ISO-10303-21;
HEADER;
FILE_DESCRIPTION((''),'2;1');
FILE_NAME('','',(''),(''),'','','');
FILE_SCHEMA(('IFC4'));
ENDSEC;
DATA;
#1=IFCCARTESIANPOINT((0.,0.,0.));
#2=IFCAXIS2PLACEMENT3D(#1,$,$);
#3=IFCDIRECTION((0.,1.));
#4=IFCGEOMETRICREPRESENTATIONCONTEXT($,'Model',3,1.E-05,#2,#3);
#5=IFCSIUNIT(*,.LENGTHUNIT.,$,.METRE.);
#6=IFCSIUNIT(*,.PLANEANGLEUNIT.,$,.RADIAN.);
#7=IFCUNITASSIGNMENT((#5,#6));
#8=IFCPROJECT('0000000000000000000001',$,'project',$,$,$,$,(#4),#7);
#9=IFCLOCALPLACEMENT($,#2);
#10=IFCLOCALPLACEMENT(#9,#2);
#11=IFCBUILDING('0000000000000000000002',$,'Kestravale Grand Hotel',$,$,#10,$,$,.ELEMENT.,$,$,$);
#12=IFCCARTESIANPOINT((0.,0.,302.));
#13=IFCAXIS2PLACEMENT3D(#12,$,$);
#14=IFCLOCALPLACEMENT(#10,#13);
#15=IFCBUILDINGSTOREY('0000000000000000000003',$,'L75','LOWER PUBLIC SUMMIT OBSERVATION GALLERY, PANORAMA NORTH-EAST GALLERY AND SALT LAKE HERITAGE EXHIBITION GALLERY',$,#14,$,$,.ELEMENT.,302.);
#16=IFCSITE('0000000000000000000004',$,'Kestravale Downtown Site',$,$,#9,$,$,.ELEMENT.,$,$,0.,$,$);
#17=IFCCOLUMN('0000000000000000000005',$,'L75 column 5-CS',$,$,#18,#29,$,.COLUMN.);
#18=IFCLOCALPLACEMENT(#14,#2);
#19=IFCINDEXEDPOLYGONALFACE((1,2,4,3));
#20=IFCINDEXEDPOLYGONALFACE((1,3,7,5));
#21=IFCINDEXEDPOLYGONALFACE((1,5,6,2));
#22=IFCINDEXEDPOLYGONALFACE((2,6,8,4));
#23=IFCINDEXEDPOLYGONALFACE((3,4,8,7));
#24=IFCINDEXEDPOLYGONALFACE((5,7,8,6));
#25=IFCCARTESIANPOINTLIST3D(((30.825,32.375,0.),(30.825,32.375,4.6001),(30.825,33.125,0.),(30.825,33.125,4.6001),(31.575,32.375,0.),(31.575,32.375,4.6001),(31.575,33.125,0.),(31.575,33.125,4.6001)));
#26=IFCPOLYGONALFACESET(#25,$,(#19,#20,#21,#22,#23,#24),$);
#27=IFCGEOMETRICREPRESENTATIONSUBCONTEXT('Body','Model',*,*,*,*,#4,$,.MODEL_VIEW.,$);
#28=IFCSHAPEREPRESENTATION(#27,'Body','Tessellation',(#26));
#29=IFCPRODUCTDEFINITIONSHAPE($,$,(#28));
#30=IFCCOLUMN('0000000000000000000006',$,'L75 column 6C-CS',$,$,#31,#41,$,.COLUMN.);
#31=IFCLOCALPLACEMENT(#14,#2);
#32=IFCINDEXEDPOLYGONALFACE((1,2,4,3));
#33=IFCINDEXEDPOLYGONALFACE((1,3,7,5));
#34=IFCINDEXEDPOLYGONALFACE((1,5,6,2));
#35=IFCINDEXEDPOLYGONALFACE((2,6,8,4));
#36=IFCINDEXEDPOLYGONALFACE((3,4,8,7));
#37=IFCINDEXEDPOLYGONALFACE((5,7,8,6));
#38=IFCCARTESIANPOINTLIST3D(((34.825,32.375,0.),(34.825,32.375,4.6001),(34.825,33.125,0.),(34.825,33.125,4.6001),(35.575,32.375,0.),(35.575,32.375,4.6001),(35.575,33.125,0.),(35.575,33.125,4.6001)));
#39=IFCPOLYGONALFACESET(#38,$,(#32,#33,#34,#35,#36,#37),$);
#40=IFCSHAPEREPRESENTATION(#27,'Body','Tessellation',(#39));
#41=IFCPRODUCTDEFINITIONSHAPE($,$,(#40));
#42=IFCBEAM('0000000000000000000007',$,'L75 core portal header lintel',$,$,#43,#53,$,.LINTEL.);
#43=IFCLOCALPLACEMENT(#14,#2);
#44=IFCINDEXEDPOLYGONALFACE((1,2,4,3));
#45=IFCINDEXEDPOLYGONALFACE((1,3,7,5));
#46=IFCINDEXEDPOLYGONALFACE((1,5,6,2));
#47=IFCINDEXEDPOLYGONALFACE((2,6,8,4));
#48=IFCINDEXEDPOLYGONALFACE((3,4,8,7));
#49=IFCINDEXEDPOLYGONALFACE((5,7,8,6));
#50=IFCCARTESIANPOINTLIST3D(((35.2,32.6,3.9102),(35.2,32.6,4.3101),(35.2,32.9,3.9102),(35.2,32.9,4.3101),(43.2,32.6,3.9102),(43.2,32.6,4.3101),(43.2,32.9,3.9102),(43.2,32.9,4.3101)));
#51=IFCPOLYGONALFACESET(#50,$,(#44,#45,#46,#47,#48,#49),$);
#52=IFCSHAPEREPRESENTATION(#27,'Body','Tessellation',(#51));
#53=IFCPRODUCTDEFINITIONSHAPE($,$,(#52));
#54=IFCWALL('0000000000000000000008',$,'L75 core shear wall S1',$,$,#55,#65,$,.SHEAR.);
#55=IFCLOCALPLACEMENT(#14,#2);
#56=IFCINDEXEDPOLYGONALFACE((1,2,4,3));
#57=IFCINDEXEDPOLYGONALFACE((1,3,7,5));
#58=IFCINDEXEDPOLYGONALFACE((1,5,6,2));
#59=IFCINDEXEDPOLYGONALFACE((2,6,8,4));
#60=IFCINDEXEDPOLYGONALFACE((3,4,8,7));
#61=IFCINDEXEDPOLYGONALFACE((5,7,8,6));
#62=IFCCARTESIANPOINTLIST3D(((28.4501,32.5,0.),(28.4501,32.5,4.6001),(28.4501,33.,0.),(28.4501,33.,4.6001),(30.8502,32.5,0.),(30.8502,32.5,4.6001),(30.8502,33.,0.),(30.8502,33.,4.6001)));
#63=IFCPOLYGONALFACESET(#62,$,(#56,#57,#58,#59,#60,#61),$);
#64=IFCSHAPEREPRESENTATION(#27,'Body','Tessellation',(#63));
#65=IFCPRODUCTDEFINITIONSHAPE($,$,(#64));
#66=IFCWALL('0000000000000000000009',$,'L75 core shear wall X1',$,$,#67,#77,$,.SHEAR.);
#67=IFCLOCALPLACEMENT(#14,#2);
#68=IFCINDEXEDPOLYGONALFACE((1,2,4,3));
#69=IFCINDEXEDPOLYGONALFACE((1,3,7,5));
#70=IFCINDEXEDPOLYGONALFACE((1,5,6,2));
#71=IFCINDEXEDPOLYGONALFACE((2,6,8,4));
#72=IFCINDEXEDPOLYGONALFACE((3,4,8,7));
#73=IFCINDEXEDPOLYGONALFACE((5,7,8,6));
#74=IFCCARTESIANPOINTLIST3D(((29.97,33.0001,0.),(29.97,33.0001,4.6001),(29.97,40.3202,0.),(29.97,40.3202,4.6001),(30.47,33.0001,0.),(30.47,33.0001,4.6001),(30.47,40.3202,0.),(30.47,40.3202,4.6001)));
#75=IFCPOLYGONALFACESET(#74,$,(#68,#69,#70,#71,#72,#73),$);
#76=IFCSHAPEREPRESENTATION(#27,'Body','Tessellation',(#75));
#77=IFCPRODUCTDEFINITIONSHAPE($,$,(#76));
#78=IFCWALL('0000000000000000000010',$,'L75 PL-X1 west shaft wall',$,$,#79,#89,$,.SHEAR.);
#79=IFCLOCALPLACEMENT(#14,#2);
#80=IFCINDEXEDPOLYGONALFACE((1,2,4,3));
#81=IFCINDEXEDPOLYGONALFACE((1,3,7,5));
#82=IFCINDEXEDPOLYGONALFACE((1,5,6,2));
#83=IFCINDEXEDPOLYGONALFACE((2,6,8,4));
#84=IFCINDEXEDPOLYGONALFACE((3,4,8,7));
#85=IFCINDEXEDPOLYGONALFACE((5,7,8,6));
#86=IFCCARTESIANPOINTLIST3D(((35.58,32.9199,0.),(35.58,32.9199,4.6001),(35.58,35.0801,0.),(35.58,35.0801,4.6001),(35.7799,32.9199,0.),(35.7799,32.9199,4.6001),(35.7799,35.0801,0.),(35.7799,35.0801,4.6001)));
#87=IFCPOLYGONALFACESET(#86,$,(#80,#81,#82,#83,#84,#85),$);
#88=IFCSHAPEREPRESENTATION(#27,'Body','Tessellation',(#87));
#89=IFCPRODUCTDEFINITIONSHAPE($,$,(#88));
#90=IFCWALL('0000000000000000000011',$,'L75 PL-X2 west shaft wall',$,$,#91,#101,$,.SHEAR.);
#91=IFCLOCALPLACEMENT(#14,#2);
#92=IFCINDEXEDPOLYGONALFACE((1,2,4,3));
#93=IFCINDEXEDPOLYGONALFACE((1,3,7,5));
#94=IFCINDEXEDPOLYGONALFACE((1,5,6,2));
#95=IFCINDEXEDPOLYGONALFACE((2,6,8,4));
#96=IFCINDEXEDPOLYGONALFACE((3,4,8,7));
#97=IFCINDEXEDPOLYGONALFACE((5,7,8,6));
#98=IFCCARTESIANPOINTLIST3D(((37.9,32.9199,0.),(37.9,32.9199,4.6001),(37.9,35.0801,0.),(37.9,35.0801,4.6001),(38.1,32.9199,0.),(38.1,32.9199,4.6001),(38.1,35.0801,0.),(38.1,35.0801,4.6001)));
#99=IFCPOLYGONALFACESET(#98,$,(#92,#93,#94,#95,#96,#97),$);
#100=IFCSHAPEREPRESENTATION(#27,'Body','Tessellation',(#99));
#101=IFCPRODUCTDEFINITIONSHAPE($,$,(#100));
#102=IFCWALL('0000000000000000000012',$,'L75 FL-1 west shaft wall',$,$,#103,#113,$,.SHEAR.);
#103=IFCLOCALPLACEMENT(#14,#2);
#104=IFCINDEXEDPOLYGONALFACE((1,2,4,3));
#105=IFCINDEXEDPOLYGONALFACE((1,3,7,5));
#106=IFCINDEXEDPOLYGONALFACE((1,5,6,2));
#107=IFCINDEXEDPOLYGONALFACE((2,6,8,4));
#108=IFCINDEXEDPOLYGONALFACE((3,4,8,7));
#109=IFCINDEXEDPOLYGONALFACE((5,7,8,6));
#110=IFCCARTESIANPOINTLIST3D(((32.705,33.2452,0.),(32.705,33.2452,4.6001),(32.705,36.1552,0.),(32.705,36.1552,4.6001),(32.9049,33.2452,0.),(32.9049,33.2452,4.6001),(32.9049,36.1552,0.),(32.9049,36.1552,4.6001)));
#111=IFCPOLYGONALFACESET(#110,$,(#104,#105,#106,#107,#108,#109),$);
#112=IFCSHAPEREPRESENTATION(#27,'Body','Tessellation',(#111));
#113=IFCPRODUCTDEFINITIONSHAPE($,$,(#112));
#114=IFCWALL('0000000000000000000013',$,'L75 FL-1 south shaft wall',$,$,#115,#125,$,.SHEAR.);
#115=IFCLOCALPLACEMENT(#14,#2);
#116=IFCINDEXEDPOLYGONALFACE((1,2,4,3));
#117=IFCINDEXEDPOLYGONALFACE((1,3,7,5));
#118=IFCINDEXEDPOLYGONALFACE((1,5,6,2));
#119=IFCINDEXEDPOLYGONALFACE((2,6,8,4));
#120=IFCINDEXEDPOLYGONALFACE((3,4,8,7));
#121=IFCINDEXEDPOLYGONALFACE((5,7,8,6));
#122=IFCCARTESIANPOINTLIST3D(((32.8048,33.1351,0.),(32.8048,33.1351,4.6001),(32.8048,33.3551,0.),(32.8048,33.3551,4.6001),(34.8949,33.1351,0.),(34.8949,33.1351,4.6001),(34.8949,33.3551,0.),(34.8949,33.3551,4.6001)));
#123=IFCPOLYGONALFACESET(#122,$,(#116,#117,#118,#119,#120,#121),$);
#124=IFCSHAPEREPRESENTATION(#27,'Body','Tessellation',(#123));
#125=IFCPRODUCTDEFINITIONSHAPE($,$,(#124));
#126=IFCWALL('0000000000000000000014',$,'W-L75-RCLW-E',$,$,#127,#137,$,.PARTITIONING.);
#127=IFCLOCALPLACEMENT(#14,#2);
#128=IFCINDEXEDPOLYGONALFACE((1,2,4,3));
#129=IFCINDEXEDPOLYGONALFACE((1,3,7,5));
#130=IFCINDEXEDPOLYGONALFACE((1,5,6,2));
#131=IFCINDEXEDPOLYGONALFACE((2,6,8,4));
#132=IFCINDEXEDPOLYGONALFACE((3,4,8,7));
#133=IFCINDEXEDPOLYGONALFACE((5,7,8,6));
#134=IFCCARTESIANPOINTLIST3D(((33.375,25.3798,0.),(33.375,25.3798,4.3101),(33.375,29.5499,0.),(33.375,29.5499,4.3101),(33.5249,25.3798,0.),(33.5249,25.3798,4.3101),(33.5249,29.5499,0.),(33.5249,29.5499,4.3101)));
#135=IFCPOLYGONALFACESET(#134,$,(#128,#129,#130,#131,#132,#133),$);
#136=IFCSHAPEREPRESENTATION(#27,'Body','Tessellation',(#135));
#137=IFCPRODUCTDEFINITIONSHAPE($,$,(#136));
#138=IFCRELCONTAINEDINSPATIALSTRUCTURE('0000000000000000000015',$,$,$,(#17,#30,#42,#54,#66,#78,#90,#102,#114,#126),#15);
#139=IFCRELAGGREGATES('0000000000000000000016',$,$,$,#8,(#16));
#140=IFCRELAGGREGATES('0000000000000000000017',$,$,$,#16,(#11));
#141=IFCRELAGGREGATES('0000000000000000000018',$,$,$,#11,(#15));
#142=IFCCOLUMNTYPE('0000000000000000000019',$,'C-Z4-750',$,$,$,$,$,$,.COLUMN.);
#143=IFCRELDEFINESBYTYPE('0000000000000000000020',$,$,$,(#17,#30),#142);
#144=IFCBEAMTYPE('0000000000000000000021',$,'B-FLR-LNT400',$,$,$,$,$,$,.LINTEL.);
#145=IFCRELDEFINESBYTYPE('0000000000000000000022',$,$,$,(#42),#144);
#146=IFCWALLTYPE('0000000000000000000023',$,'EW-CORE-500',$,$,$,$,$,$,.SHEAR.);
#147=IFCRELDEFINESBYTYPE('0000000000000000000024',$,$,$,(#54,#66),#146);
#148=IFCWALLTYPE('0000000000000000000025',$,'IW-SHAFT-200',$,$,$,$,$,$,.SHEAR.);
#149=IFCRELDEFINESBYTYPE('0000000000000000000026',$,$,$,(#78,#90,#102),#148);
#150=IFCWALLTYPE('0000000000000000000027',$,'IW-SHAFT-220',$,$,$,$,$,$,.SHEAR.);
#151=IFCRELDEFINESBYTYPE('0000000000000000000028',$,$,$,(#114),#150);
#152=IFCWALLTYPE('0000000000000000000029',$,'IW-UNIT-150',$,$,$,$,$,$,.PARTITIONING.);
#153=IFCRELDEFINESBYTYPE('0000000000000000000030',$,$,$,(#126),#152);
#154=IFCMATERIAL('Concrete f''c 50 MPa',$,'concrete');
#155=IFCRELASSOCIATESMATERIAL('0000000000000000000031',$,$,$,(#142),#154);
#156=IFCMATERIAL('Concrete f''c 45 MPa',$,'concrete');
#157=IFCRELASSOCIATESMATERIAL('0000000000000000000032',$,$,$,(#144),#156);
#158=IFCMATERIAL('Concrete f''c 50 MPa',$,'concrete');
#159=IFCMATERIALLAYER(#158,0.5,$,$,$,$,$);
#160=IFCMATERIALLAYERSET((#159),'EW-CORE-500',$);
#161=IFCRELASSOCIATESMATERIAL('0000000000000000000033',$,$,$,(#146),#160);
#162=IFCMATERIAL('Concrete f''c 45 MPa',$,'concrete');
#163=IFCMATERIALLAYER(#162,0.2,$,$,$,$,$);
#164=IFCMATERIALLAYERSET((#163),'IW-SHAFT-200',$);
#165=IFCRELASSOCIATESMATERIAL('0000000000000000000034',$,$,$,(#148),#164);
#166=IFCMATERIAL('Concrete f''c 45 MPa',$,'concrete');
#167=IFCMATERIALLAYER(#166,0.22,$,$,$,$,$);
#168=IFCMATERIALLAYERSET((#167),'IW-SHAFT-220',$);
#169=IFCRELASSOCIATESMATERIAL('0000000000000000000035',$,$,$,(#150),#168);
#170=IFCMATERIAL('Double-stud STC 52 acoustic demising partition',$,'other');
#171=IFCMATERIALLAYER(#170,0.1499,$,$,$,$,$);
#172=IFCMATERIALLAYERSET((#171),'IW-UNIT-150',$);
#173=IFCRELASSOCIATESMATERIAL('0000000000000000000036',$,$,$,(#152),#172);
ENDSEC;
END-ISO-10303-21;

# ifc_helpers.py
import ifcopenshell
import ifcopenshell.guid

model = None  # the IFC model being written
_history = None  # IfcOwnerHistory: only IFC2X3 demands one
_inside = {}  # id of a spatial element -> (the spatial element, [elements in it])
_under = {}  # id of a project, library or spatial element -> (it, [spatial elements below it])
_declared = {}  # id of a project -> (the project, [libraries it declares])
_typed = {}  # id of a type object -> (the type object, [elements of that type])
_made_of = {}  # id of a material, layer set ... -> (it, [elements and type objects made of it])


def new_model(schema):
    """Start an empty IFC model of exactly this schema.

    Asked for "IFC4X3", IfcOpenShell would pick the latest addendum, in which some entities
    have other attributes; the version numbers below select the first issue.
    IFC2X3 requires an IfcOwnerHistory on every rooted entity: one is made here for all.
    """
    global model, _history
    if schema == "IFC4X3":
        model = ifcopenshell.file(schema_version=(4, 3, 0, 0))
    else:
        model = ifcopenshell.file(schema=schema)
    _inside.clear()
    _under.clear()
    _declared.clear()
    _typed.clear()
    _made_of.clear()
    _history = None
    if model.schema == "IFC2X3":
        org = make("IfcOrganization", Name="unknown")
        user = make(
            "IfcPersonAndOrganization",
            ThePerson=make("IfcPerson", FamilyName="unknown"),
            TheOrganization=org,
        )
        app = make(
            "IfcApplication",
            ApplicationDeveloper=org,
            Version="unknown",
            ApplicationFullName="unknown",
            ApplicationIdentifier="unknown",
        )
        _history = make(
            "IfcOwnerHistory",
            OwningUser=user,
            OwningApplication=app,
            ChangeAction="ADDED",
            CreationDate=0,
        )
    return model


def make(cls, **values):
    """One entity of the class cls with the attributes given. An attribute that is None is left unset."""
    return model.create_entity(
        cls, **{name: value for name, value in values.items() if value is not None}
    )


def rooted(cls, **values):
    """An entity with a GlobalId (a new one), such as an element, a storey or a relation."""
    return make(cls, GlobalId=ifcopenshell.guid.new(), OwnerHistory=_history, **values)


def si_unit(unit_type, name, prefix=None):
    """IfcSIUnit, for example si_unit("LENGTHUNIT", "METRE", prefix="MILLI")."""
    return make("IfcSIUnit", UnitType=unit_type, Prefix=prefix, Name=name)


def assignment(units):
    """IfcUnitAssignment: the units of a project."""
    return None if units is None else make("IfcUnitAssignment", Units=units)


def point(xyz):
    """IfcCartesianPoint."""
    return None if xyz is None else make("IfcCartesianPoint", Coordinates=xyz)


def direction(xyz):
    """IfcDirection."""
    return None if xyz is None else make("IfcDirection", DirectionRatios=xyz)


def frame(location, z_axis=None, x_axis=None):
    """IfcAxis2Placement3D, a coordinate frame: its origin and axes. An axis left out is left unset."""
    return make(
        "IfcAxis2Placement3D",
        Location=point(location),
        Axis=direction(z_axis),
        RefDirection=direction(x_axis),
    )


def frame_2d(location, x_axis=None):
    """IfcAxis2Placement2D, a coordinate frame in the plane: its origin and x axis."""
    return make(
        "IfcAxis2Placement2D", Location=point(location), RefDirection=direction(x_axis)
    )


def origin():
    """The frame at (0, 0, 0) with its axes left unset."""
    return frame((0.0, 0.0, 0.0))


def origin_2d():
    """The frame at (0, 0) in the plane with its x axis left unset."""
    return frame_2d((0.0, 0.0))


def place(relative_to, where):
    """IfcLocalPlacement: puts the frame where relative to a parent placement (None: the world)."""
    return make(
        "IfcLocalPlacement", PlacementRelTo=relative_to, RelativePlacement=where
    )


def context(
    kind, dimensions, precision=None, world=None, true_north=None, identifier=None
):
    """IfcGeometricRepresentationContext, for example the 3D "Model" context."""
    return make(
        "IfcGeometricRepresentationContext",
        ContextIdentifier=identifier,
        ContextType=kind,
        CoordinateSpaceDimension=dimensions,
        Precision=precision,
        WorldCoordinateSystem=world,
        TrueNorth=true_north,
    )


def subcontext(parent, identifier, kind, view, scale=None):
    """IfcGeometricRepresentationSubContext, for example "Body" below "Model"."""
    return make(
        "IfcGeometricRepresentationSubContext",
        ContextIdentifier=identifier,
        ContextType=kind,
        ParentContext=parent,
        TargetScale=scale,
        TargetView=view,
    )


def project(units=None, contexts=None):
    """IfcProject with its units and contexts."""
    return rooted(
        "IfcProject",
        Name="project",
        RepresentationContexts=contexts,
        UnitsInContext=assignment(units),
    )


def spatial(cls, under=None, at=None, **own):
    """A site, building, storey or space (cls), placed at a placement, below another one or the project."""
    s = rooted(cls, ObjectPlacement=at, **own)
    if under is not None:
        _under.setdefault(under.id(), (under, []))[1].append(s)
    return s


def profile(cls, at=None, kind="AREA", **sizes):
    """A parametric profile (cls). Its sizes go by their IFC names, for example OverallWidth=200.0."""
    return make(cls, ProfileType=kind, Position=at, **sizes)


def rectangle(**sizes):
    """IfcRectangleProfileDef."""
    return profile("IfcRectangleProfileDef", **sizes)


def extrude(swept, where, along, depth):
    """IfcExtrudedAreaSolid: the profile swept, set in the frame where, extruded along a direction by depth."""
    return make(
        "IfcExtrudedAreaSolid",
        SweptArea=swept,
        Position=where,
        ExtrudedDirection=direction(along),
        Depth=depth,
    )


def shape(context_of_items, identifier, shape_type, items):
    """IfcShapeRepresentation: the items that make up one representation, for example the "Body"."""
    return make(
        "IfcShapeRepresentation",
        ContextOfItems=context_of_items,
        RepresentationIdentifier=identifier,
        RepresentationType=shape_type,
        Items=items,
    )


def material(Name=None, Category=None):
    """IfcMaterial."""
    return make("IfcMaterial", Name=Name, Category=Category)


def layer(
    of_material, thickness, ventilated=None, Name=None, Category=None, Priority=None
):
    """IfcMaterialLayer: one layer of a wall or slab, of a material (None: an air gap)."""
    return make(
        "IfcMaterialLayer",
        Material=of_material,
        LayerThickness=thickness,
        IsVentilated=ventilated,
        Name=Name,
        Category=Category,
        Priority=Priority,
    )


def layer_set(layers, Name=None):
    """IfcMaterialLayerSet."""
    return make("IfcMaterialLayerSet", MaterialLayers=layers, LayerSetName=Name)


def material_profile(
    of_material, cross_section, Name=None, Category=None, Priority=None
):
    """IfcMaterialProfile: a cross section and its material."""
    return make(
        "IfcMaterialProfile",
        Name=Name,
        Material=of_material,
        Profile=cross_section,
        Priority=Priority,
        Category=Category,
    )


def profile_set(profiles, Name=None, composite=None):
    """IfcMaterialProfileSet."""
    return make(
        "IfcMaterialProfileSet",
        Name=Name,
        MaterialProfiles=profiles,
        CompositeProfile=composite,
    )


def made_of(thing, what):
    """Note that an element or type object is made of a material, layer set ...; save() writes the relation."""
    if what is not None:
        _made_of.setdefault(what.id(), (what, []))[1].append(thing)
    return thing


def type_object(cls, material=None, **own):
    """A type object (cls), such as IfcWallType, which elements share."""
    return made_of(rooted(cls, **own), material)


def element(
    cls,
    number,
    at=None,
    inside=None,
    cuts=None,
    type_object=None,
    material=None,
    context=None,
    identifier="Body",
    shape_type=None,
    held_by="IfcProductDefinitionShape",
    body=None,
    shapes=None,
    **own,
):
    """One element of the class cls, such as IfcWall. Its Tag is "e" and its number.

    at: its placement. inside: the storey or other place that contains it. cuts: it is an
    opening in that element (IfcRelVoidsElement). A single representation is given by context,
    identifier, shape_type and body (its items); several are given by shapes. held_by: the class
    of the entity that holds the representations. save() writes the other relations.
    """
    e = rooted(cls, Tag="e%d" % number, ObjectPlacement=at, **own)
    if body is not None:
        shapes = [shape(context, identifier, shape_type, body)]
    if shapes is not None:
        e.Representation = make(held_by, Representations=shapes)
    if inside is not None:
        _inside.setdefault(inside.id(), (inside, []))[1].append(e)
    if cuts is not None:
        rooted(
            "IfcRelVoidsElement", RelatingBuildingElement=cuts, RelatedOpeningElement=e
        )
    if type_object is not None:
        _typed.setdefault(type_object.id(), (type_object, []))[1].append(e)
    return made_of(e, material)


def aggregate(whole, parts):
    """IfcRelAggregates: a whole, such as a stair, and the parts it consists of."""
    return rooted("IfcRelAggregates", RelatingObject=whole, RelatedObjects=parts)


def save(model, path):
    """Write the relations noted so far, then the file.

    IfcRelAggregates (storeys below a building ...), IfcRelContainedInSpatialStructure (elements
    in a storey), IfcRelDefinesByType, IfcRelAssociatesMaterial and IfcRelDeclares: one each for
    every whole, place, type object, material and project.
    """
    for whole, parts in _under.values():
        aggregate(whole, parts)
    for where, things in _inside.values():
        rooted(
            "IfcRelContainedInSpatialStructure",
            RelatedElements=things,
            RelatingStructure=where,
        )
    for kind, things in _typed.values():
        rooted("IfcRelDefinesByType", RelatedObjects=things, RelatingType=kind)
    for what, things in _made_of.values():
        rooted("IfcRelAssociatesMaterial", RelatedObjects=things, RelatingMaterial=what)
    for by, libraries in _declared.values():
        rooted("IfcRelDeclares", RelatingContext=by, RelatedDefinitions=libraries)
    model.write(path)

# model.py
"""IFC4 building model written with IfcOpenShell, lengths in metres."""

from ifc_helpers import new_model, si_unit, direction, frame, frame_2d, origin, origin_2d, place, context, subcontext, project, spatial, rectangle, extrude, material, layer, layer_set, material_profile, profile_set, type_object, element, save


model = new_model("IFC4")

# Units and contexts
model_context = context("Model", 3, precision=1e-05, world=origin(), true_north=direction((0.0, 1.0)))
body_context = subcontext(model_context, "Body", "Model", "MODEL_VIEW")
ifc_project = project(units=[si_unit("LENGTHUNIT", "METRE"), si_unit("PLANEANGLEUNIT", "RADIAN")], contexts=[model_context])

# Site, building, storey
site_placement = place(None, origin())
site = spatial("IfcSite", under=ifc_project, at=site_placement, Name="Kestravale Downtown Site", CompositionType="ELEMENT", RefElevation=0.0)
building_placement = place(site_placement, origin())
building = spatial("IfcBuilding", under=site, at=building_placement, Name="Kestravale Grand Hotel", CompositionType="ELEMENT")
storey_placement = place(building_placement, frame((0.0, 0.0, 302.0)))
storey = spatial("IfcBuildingStorey", under=building, at=storey_placement, Name="L75", Description="LOWER PUBLIC SUMMIT OBSERVATION GALLERY, PANORAMA NORTH-EAST GALLERY AND SALT LAKE HERITAGE EXHIBITION GALLERY", CompositionType="ELEMENT", Elevation=302.0)

# Columns
ifc_material_1 = material(Name="Concrete f'c 50 MPa", Category="concrete")
ifc_material_profile_1 = material_profile(ifc_material_1, rectangle(XDim=0.75, YDim=0.75, at=origin_2d()))
ifc_profile_set_1 = profile_set([ifc_material_profile_1], Name="Concrete f'c 50 MPa")
column_type = type_object("IfcColumnType", Name="C-Z4-750", PredefinedType="COLUMN", material=ifc_profile_set_1)
for number, where, z_axis, x_axis, name in (
    (1, (31.2, 32.75, 0.0), (0.0, 0.0, 1.0), (1.0, 0.0, 0.0), "L75 column 5-CS"),
    (2, (35.2, 32.75, 0.0), (0.0, 0.0, 1.0), (1.0, 0.0, 0.0), "L75 column 6C-CS"),
):
    element("IfcColumn", number, at=place(storey_placement, frame(where, z_axis=z_axis, x_axis=x_axis)), inside=storey, type_object=column_type, Name=name, PredefinedType="COLUMN", context=body_context, shape_type="SweptSolid", body=[
        extrude(rectangle(XDim=0.75, YDim=0.75, at=origin_2d()), origin(), (0.0, 0.0, 1.0), 4.6001),
    ])

# Beam
ifc_material_2 = material(Name="Concrete f'c 45 MPa", Category="concrete")
ifc_material_profile_2 = material_profile(ifc_material_2, rectangle(XDim=0.3, YDim=0.3999, at=origin_2d()))
ifc_profile_set_2 = profile_set([ifc_material_profile_2], Name="Concrete f'c 45 MPa")
beam_type = type_object("IfcBeamType", Name="B-FLR-LNT400", PredefinedType="LINTEL", material=ifc_profile_set_2)
beam_placement = place(storey_placement, frame((35.2, 32.75, 4.1101), z_axis=(1.0, 0.0, 0.0), x_axis=(0.0, 1.0, 0.0)))
element("IfcBeam", 3, at=beam_placement, inside=storey, type_object=beam_type, Name="L75 core portal header lintel", PredefinedType="LINTEL", context=body_context, shape_type="SweptSolid", body=[
    extrude(rectangle(XDim=0.3, YDim=0.3999, at=origin_2d()), origin(), (0.0, 0.0, 1.0), 8.0),
])

# Walls
ifc_material_3 = material(Name="Concrete f'c 50 MPa", Category="concrete")
ifc_layer_1 = layer(ifc_material_3, 0.5)
ifc_layer_set_1 = layer_set([ifc_layer_1], Name="EW-CORE-500")
wall_type_1 = type_object("IfcWallType", Name="EW-CORE-500", PredefinedType="SHEAR", material=ifc_layer_set_1)
wall_1_placement = place(storey_placement, frame((28.45, 32.75, 0.0), z_axis=(0.0, 0.0, 1.0), x_axis=(1.0, 0.0, 0.0)))
element("IfcWall", 4, at=wall_1_placement, inside=storey, type_object=wall_type_1, Name="L75 core shear wall S1", PredefinedType="SHEAR", context=body_context, shape_type="SweptSolid", body=[
    extrude(rectangle(XDim=2.4001, YDim=0.5, at=frame_2d((1.2002, 0.0))), origin(), (0.0, 0.0, 1.0), 4.6001),
])
wall_2_placement = place(storey_placement, frame((30.22, 33.0, 0.0), z_axis=(0.0, 0.0, 1.0), x_axis=(0.0, 1.0, 0.0)))
element("IfcWall", 5, at=wall_2_placement, inside=storey, type_object=wall_type_1, Name="L75 core shear wall X1", PredefinedType="SHEAR", context=body_context, shape_type="SweptSolid", body=[
    extrude(rectangle(XDim=7.3201, YDim=0.5, at=frame_2d((3.6602, 0.0))), origin(), (0.0, 0.0, 1.0), 4.6001),
])
ifc_material_4 = material(Name="Concrete f'c 45 MPa", Category="concrete")
ifc_layer_2 = layer(ifc_material_4, 0.2)
ifc_layer_set_2 = layer_set([ifc_layer_2], Name="IW-SHAFT-200")
wall_type_2 = type_object("IfcWallType", Name="IW-SHAFT-200", PredefinedType="SHEAR", material=ifc_layer_set_2)
for number, where, z_axis, x_axis, name in (
    (6, (35.6799, 32.9199, 0.0), (0.0, 0.0, 1.0), (0.0, 1.0, 0.0), "L75 PL-X1 west shaft wall"),
    (7, (38.0, 32.9199, 0.0), (0.0, 0.0, 1.0), (0.0, 1.0, 0.0), "L75 PL-X2 west shaft wall"),
):
    element("IfcWall", number, at=place(storey_placement, frame(where, z_axis=z_axis, x_axis=x_axis)), inside=storey, type_object=wall_type_2, Name=name, PredefinedType="SHEAR", context=body_context, shape_type="SweptSolid", body=[
        extrude(rectangle(XDim=2.1602, YDim=0.2, at=frame_2d((1.0801, 0.0))), origin(), (0.0, 0.0, 1.0), 4.6001),
    ])
wall_3_placement = place(storey_placement, frame((32.8049, 33.2451, 0.0), z_axis=(0.0, 0.0, 1.0), x_axis=(0.0, 1.0, 0.0)))
element("IfcWall", 8, at=wall_3_placement, inside=storey, type_object=wall_type_2, Name="L75 FL-1 west shaft wall", PredefinedType="SHEAR", context=body_context, shape_type="SweptSolid", body=[
    extrude(rectangle(XDim=2.9099, YDim=0.2, at=frame_2d((1.4551, 0.0))), origin(), (0.0, 0.0, 1.0), 4.6001),
])

# Shared definitions
ifc_material_5 = material(Name="Concrete f'c 45 MPa", Category="concrete")
ifc_layer_3 = layer(ifc_material_5, 0.22)
ifc_layer_set_3 = layer_set([ifc_layer_3], Name="IW-SHAFT-220")
wall_type_3 = type_object("IfcWallType", Name="IW-SHAFT-220", PredefinedType="SHEAR", material=ifc_layer_set_3)

# Walls
wall_4_placement = place(storey_placement, frame((32.8049, 33.2451, 0.0), z_axis=(0.0, 0.0, 1.0), x_axis=(1.0, 0.0, 0.0)))
element("IfcWall", 9, at=wall_4_placement, inside=storey, type_object=wall_type_3, Name="L75 FL-1 south shaft wall", PredefinedType="SHEAR", context=body_context, shape_type="SweptSolid", body=[
    extrude(rectangle(XDim=2.0901, YDim=0.22, at=frame_2d((1.0449, 0.0))), origin(), (0.0, 0.0, 1.0), 4.6001),
])
ifc_material_6 = material(Name="Double-stud STC 52 acoustic demising partition", Category="other")
ifc_layer_4 = layer(ifc_material_6, 0.1499)
ifc_layer_set_4 = layer_set([ifc_layer_4], Name="IW-UNIT-150")
wall_type_4 = type_object("IfcWallType", Name="IW-UNIT-150", PredefinedType="PARTITIONING", material=ifc_layer_set_4)
wall_5_placement = place(storey_placement, frame((33.45, 25.3799, 0.0), z_axis=(0.0, 0.0, 1.0), x_axis=(0.0, 1.0, 0.0)))
element("IfcWall", 10, at=wall_5_placement, inside=storey, type_object=wall_type_4, Name="W-L75-RCLW-E", PredefinedType="PARTITIONING", context=body_context, shape_type="SweptSolid", body=[
    extrude(rectangle(XDim=4.1702, YDim=0.1499, at=frame_2d((2.085, 0.0))), origin(), (0.0, 0.0, 1.0), 4.3101),
])

save(model, "model.ifc")
